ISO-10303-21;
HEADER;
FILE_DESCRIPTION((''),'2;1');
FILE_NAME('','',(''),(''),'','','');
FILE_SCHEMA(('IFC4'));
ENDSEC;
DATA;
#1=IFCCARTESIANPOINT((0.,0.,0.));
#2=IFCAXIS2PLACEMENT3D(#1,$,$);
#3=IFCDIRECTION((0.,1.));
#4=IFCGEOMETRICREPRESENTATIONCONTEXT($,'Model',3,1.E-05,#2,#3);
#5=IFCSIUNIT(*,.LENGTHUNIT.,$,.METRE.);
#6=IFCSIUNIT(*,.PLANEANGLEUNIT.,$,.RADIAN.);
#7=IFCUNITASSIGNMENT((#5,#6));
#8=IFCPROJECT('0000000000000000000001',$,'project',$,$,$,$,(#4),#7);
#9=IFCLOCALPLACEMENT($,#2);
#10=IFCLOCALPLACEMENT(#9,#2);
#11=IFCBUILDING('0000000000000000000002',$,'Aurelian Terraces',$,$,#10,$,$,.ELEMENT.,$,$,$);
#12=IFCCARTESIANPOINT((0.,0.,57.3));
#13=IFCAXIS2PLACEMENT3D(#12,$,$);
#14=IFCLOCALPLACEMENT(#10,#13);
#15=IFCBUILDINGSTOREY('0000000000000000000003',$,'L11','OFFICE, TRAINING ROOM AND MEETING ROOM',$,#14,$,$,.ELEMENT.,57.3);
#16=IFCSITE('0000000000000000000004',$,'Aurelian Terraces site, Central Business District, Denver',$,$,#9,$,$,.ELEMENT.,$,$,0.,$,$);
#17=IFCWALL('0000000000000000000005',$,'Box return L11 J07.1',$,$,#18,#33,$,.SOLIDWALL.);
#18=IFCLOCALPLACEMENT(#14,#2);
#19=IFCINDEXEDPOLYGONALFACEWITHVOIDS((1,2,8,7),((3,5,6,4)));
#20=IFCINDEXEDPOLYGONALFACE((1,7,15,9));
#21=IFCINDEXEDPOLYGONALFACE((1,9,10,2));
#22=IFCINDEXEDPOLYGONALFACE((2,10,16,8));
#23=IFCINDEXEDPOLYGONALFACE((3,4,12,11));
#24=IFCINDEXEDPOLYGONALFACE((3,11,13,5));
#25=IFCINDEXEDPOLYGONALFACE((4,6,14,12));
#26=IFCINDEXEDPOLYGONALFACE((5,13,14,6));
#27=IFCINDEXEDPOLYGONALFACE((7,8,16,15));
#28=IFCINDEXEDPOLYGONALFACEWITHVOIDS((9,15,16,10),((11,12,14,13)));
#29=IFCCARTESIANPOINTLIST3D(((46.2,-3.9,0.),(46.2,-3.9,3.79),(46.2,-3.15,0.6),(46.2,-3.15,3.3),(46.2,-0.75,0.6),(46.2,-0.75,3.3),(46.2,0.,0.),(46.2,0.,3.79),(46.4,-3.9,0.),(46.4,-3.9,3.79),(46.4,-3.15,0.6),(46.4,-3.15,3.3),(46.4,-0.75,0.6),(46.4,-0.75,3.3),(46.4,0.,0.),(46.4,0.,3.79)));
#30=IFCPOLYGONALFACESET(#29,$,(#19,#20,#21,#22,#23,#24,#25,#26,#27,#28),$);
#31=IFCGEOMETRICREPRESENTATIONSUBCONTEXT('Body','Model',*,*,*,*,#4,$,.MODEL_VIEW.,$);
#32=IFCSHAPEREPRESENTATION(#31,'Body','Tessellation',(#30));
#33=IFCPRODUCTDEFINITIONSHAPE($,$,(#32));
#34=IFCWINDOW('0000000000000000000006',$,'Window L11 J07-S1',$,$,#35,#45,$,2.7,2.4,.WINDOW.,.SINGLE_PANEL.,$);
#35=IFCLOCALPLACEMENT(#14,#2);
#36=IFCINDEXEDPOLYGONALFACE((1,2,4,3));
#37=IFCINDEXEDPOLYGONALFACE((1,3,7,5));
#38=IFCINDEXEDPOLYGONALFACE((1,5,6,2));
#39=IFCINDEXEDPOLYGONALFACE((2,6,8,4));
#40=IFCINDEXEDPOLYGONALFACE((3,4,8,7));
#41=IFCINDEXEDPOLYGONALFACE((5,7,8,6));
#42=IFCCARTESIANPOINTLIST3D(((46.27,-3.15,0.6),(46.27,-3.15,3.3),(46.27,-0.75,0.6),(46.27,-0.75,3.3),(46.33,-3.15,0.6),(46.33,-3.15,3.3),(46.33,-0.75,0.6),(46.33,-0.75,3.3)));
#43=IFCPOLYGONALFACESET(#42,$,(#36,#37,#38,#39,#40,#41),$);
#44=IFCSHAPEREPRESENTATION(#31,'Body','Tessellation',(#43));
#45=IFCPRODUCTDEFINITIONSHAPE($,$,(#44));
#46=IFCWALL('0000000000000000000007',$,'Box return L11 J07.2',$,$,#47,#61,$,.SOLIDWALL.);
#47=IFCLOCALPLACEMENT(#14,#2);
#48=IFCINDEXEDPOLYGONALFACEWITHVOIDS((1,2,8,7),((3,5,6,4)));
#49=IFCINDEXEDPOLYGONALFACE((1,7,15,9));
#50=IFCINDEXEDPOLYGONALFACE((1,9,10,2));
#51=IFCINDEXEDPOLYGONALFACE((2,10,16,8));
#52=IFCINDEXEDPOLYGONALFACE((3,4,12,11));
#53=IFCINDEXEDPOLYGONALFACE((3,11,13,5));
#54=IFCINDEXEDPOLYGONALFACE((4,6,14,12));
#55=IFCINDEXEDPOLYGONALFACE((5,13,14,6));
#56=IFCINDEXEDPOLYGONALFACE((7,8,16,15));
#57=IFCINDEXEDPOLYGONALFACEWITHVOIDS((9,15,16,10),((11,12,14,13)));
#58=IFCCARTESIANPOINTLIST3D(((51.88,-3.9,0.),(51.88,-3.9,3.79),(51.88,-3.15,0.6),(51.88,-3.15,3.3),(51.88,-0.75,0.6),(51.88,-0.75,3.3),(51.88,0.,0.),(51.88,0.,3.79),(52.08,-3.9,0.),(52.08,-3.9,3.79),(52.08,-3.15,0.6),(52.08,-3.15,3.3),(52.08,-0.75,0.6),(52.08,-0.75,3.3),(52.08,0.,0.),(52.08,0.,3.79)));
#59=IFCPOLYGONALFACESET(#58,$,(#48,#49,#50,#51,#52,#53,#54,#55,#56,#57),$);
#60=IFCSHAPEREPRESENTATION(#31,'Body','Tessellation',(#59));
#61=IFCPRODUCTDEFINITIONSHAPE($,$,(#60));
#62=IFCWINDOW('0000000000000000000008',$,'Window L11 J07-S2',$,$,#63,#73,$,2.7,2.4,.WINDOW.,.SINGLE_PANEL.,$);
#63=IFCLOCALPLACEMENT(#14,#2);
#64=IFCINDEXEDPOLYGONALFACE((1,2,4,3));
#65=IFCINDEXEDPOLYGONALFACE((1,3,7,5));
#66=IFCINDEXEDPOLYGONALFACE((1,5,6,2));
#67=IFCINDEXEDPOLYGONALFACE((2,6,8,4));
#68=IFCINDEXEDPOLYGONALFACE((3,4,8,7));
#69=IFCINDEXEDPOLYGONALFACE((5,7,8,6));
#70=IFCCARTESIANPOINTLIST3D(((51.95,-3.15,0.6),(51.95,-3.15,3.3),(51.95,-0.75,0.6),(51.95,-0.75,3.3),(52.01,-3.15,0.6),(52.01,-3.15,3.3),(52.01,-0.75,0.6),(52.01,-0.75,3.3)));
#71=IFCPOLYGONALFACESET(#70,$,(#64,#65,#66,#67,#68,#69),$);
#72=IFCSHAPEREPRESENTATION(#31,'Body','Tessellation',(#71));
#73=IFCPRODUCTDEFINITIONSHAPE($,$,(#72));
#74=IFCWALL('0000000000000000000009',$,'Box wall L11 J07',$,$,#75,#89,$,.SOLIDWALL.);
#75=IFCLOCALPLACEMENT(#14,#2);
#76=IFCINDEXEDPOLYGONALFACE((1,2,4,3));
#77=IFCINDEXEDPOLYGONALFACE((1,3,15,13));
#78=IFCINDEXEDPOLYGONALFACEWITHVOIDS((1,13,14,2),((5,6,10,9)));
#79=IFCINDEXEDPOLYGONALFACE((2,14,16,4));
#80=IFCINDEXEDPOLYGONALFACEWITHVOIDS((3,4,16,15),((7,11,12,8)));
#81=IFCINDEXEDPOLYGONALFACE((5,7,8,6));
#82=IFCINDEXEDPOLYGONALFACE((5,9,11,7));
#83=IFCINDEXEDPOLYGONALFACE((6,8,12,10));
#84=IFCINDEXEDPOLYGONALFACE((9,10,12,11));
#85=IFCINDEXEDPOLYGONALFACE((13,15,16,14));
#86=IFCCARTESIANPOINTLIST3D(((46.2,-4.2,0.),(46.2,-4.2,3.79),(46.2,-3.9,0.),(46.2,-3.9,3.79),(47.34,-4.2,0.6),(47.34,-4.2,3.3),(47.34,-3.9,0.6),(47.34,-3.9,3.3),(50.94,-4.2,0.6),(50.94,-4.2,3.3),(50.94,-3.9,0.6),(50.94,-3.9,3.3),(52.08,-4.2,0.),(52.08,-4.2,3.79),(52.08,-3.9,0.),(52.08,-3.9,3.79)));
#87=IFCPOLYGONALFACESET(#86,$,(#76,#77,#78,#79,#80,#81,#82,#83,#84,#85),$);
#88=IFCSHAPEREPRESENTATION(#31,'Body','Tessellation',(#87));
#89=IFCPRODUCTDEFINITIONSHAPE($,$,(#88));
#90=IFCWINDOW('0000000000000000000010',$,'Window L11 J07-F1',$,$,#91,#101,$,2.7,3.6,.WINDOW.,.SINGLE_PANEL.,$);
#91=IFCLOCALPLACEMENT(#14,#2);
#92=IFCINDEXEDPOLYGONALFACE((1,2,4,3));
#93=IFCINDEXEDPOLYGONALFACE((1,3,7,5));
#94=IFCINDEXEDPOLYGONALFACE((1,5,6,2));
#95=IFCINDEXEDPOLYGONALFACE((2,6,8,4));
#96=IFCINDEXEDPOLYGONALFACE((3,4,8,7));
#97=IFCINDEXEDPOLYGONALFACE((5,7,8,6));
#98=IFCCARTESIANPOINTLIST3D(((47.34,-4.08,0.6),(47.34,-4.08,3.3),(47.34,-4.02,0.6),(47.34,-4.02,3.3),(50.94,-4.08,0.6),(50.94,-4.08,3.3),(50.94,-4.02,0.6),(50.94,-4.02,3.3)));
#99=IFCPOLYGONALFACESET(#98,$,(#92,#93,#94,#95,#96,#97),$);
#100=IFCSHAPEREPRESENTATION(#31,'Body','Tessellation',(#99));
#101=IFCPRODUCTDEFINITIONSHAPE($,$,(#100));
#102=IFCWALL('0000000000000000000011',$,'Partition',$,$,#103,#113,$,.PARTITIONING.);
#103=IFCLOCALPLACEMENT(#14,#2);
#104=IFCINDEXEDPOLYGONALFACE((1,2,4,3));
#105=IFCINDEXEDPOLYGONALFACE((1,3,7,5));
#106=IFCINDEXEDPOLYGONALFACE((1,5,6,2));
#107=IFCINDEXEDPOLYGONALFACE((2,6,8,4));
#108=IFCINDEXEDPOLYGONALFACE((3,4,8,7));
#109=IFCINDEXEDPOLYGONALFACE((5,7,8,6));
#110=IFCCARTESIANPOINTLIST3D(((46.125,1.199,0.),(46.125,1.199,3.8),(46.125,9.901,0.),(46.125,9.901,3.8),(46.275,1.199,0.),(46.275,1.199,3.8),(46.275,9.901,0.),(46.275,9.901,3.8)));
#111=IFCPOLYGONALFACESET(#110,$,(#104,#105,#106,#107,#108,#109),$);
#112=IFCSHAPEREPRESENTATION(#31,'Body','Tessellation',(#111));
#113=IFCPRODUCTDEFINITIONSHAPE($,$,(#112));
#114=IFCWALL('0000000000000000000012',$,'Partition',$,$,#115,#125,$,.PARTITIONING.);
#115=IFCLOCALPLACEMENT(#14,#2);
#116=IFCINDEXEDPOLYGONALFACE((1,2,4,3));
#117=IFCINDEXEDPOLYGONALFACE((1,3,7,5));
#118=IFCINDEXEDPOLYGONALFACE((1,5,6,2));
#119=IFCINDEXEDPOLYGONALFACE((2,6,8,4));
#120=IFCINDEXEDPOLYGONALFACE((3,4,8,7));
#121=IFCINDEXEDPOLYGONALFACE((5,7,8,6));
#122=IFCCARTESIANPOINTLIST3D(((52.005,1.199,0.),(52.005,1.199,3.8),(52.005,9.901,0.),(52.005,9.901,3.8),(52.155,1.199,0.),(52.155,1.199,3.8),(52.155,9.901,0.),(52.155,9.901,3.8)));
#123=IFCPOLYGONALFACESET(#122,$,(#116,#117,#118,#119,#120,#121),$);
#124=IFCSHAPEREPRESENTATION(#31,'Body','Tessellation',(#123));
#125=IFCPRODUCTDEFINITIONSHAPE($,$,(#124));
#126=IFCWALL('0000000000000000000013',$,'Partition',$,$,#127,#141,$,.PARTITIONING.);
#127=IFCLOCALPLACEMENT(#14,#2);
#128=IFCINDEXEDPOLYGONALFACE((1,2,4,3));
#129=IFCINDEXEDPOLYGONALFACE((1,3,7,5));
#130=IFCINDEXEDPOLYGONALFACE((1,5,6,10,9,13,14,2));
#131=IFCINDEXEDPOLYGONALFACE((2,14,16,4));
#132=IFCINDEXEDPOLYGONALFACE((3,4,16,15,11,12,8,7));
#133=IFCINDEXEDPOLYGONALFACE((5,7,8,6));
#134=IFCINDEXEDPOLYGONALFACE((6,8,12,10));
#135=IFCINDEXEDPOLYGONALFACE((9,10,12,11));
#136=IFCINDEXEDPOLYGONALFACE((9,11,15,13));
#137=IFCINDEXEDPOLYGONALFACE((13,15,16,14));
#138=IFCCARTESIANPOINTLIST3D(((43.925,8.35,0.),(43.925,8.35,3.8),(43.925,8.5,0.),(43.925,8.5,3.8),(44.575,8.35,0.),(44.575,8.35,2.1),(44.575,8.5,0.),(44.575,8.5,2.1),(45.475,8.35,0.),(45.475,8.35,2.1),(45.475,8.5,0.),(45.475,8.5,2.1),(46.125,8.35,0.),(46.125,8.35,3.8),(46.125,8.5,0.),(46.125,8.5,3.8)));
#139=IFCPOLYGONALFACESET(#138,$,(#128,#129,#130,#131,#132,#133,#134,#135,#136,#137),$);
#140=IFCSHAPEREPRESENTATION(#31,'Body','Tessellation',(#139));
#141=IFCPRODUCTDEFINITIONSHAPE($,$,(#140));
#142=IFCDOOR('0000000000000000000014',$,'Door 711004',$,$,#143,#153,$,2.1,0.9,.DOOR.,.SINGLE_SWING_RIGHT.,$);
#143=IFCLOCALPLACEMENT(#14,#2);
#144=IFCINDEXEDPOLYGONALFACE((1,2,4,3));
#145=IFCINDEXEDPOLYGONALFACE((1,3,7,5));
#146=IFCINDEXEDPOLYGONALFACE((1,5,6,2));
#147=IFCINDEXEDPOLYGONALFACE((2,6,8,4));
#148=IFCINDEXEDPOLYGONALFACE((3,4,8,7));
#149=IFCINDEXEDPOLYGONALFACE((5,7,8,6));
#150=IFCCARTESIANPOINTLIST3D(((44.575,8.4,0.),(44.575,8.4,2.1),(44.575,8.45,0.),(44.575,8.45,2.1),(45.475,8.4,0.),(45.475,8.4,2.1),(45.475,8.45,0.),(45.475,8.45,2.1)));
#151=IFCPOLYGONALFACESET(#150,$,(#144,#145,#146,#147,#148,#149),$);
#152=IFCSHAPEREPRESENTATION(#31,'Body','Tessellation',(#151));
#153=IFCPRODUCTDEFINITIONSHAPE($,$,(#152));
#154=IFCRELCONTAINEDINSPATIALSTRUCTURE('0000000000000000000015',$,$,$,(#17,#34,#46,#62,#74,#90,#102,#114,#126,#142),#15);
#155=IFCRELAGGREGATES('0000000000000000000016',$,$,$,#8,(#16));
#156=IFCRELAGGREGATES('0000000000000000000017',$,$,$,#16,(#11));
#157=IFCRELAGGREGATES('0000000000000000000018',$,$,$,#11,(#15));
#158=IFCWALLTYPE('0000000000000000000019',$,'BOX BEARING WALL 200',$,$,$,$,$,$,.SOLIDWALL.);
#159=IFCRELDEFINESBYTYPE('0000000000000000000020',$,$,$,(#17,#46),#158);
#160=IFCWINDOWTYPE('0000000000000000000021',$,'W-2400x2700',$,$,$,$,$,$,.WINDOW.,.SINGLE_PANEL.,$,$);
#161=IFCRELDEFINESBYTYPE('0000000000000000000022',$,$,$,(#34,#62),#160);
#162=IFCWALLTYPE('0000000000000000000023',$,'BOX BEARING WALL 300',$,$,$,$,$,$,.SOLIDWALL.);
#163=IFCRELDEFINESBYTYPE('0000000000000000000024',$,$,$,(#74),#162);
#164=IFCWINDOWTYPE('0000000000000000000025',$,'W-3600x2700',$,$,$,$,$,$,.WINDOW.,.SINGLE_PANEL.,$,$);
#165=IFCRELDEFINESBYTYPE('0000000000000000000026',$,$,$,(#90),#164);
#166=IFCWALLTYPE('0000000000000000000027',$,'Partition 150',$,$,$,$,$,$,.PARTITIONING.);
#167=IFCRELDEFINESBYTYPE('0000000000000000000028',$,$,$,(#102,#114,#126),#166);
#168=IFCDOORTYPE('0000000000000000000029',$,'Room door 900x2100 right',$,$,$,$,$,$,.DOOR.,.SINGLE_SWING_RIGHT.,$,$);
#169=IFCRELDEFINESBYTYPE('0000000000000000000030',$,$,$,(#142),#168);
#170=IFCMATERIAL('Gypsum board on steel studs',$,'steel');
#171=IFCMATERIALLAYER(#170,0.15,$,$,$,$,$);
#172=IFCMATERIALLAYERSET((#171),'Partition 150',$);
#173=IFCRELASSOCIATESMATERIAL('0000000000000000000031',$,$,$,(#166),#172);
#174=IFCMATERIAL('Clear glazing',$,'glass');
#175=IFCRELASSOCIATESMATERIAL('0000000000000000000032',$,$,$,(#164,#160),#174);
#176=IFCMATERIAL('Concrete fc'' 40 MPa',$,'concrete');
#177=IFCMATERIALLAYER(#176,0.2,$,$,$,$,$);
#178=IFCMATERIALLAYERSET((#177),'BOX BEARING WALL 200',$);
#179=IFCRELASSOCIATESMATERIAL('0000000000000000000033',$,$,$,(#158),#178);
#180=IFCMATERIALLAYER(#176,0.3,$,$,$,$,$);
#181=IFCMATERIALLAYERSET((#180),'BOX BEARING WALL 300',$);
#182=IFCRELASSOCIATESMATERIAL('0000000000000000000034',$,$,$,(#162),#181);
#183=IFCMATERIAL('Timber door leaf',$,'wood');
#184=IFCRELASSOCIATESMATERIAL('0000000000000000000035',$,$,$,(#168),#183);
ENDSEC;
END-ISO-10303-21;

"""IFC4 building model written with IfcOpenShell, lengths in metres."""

from ifc_helpers import new_model, si_unit, direction, frame, frame_2d, origin, place, context, subcontext, project, spatial, rectangle, extrude, source, transform, mapped, material, layer, layer_set, type_object, element, fill, save


model = new_model("IFC4")

# Units and contexts
model_context = context("Model", 3, precision=1e-05, world=origin(), true_north=direction((0.0, 1.0)))
body_context = subcontext(model_context, "Body", "Model", "MODEL_VIEW")
ifc_project = project(units=[si_unit("LENGTHUNIT", "METRE"), si_unit("PLANEANGLEUNIT", "RADIAN")], contexts=[model_context])

# Site, building, storey
site_placement = place(None, origin())
site = spatial("IfcSite", under=ifc_project, at=site_placement, Name="Aurelian Terraces site, Central Business District, Denver", CompositionType="ELEMENT", RefElevation=0.0)
building_placement = place(site_placement, origin())
building = spatial("IfcBuilding", under=site, at=building_placement, Name="Aurelian Terraces", CompositionType="ELEMENT")
storey_placement = place(building_placement, frame((0.0, 0.0, 57.3)))
storey = spatial("IfcBuildingStorey", under=building, at=storey_placement, Name="L11", Description="OFFICE, TRAINING ROOM AND MEETING ROOM", CompositionType="ELEMENT", Elevation=57.3)

# Shared definitions
ifc_material_1 = material(Name="Gypsum board on steel studs", Category="steel")
ifc_layer_1 = layer(ifc_material_1, 0.15)
ifc_layer_set_1 = layer_set([ifc_layer_1], Name="Partition 150")
wall_type_1 = type_object("IfcWallType", Name="Partition 150", PredefinedType="PARTITIONING", material=ifc_layer_set_1)

# Shared definitions
ifc_material_2 = material(Name="Timber door leaf", Category="wood")

# Walls, openings, windows
shared_shape_1 = source(origin(), body_context, "Body", "SweptSolid", [
    extrude(rectangle(XDim=3.6, YDim=2.7, at=frame_2d((1.8, 1.35))), frame((0.0, 0.16, 0.0), z_axis=(0.0, -1.0, 0.0), x_axis=(1.0, 0.0, 0.0)), (0.0, 0.0, 1.0), 0.32),
])
ifc_material_3 = material(Name="Clear glazing", Category="glass")
window_type_1 = type_object("IfcWindowType", Name="W-3600x2700", PartitioningType="SINGLE_PANEL", PredefinedType="WINDOW", material=ifc_material_3)
shared_shape_2 = source(origin(), body_context, "Body", "SweptSolid", [
    extrude(rectangle(XDim=3.6, YDim=2.7, at=frame_2d((1.8, 1.35))), frame((0.0, 0.03, 0.0), z_axis=(0.0, -1.0, 0.0), x_axis=(1.0, 0.0, 0.0)), (0.0, 0.0, 1.0), 0.06),
])
ifc_material_4 = material(Name="Concrete fc' 40 MPa", Category="concrete")
ifc_layer_2 = layer(ifc_material_4, 0.2)
ifc_layer_set_2 = layer_set([ifc_layer_2], Name="BOX BEARING WALL 200")
wall_type_2 = type_object("IfcWallType", Name="BOX BEARING WALL 200", PredefinedType="SOLIDWALL", material=ifc_layer_set_2)
shared_shape_3 = source(origin(), body_context, "Body", "SweptSolid", [
    extrude(rectangle(XDim=3.9, YDim=0.2, at=frame_2d((1.95, 0.0))), origin(), (0.0, 0.0, 1.0), 3.79),
])
wall_1_placement = place(storey_placement, frame((46.3, 0.0, 0.0), z_axis=(0.0, 0.0, 1.0), x_axis=(0.0, -1.0, 0.0)))
wall_1 = element("IfcWall", 1, at=wall_1_placement, inside=storey, type_object=wall_type_2, Name="Box return L11 J07.1", PredefinedType="SOLIDWALL", context=body_context, shape_type="MappedRepresentation", body=[
    mapped(shared_shape_3, transform((0.0, 0.0, 0.0), scale=1.0)),
])
shared_shape_4 = source(origin(), body_context, "Body", "SweptSolid", [
    extrude(rectangle(XDim=2.4, YDim=2.7, at=frame_2d((1.2, 1.35))), frame((0.0, 0.11, 0.0), z_axis=(0.0, -1.0, 0.0), x_axis=(1.0, 0.0, 0.0)), (0.0, 0.0, 1.0), 0.22),
])
opening_1_placement = place(wall_1_placement, frame((0.75, 0.0, 0.6)))
opening_1 = element("IfcOpeningElement", 2, at=opening_1_placement, cuts=wall_1, PredefinedType="OPENING", context=body_context, shape_type="MappedRepresentation", body=[
    mapped(shared_shape_4, transform((0.0, 0.0, 0.0), scale=1.0)),
])
window_type_2 = type_object("IfcWindowType", Name="W-2400x2700", PartitioningType="SINGLE_PANEL", PredefinedType="WINDOW", material=ifc_material_3)
shared_shape_5 = source(origin(), body_context, "Body", "SweptSolid", [
    extrude(rectangle(XDim=2.4, YDim=2.7, at=frame_2d((1.2, 1.35))), frame((0.0, 0.03, 0.0), z_axis=(0.0, -1.0, 0.0), x_axis=(1.0, 0.0, 0.0)), (0.0, 0.0, 1.0), 0.06),
])
window_1_placement = place(opening_1_placement, origin())
window_1 = element("IfcWindow", 3, at=window_1_placement, inside=storey, type_object=window_type_2, Name="Window L11 J07-S1", OverallHeight=2.7, OverallWidth=2.4, PartitioningType="SINGLE_PANEL", PredefinedType="WINDOW", context=body_context, shape_type="MappedRepresentation", body=[
    mapped(shared_shape_5, transform((0.0, 0.0, 0.0), scale=1.0)),
])
fill(opening_1, window_1)
wall_2_placement = place(storey_placement, frame((51.98, 0.0, 0.0), z_axis=(0.0, 0.0, 1.0), x_axis=(0.0, -1.0, 0.0)))
wall_2 = element("IfcWall", 4, at=wall_2_placement, inside=storey, type_object=wall_type_2, Name="Box return L11 J07.2", PredefinedType="SOLIDWALL", context=body_context, shape_type="MappedRepresentation", body=[
    mapped(shared_shape_3, transform((0.0, 0.0, 0.0), scale=1.0)),
])
opening_2_placement = place(wall_2_placement, frame((0.75, 0.0, 0.6)))
opening_2 = element("IfcOpeningElement", 5, at=opening_2_placement, cuts=wall_2, PredefinedType="OPENING", context=body_context, shape_type="MappedRepresentation", body=[
    mapped(shared_shape_4, transform((0.0, 0.0, 0.0), scale=1.0)),
])
window_2_placement = place(opening_2_placement, origin())
window_2 = element("IfcWindow", 6, at=window_2_placement, inside=storey, type_object=window_type_2, Name="Window L11 J07-S2", OverallHeight=2.7, OverallWidth=2.4, PartitioningType="SINGLE_PANEL", PredefinedType="WINDOW", context=body_context, shape_type="MappedRepresentation", body=[
    mapped(shared_shape_5, transform((0.0, 0.0, 0.0), scale=1.0)),
])
fill(opening_2, window_2)
ifc_layer_3 = layer(ifc_material_4, 0.3)
ifc_layer_set_3 = layer_set([ifc_layer_3], Name="BOX BEARING WALL 300")
wall_type_3 = type_object("IfcWallType", Name="BOX BEARING WALL 300", PredefinedType="SOLIDWALL", material=ifc_layer_set_3)
shared_shape_6 = source(origin(), body_context, "Body", "SweptSolid", [
    extrude(rectangle(XDim=5.88, YDim=0.3, at=frame_2d((2.94, 0.0))), origin(), (0.0, 0.0, 1.0), 3.79),
])
wall_3_placement = place(storey_placement, frame((46.2, -4.05, 0.0), z_axis=(0.0, 0.0, 1.0), x_axis=(1.0, 0.0, 0.0)))
wall_3 = element("IfcWall", 7, at=wall_3_placement, inside=storey, type_object=wall_type_3, Name="Box wall L11 J07", PredefinedType="SOLIDWALL", context=body_context, shape_type="MappedRepresentation", body=[
    mapped(shared_shape_6, transform((0.0, 0.0, 0.0), scale=1.0)),
])
opening_3_placement = place(wall_3_placement, frame((1.14, 0.0, 0.6)))
opening_3 = element("IfcOpeningElement", 8, at=opening_3_placement, cuts=wall_3, PredefinedType="OPENING", context=body_context, shape_type="MappedRepresentation", body=[
    mapped(shared_shape_1, transform((0.0, 0.0, 0.0), scale=1.0)),
])
window_3_placement = place(opening_3_placement, origin())
window_3 = element("IfcWindow", 9, at=window_3_placement, inside=storey, type_object=window_type_1, Name="Window L11 J07-F1", OverallHeight=2.7, OverallWidth=3.6, PartitioningType="SINGLE_PANEL", PredefinedType="WINDOW", context=body_context, shape_type="MappedRepresentation", body=[
    mapped(shared_shape_2, transform((0.0, 0.0, 0.0), scale=1.0)),
])
fill(opening_3, window_3)

# Walls
shared_shape_7 = source(origin(), body_context, "Body", "SweptSolid", [
    extrude(rectangle(XDim=8.702, YDim=0.15, at=frame_2d((4.351, 0.0))), origin(), (0.0, 0.0, 1.0), 3.8),
])
for number, where, z_axis, x_axis, name in (
    (10, (46.2, 1.199, 0.0), (0.0, 0.0, 1.0), (0.0, 1.0, 0.0), "Partition"),
    (11, (52.08, 1.199, 0.0), (0.0, 0.0, 1.0), (0.0, 1.0, 0.0), "Partition"),
):
    element("IfcWall", number, at=place(storey_placement, frame(where, z_axis=z_axis, x_axis=x_axis)), inside=storey, type_object=wall_type_1, Name=name, PredefinedType="PARTITIONING", context=body_context, shape_type="MappedRepresentation", body=[
        mapped(shared_shape_7, transform((0.0, 0.0, 0.0), scale=1.0)),
    ])

# Wall, opening, door
shared_shape_8 = source(origin(), body_context, "Body", "SweptSolid", [
    extrude(rectangle(XDim=2.2, YDim=0.15, at=frame_2d((1.1, 0.0))), origin(), (0.0, 0.0, 1.0), 3.8),
])
wall_4_placement = place(storey_placement, frame((46.125, 8.425, 0.0), z_axis=(0.0, 0.0, 1.0), x_axis=(-1.0, 0.0, 0.0)))
wall_4 = element("IfcWall", 12, at=wall_4_placement, inside=storey, type_object=wall_type_1, Name="Partition", PredefinedType="PARTITIONING", context=body_context, shape_type="MappedRepresentation", body=[
    mapped(shared_shape_8, transform((0.0, 0.0, 0.0), scale=1.0)),
])
shared_shape_9 = source(origin(), body_context, "Body", "SweptSolid", [
    extrude(rectangle(XDim=0.9, YDim=2.1, at=frame_2d((0.45, 1.05))), frame((0.0, 0.085, 0.0), z_axis=(0.0, -1.0, 0.0), x_axis=(1.0, 0.0, 0.0)), (0.0, 0.0, 1.0), 0.17),
])
opening_4_placement = place(wall_4_placement, frame((0.65, 0.0, 0.0)))
opening_4 = element("IfcOpeningElement", 13, at=opening_4_placement, cuts=wall_4, PredefinedType="OPENING", context=body_context, shape_type="MappedRepresentation", body=[
    mapped(shared_shape_9, transform((0.0, 0.0, 0.0), scale=1.0)),
])
door_type_1 = type_object("IfcDoorType", Name="Room door 900x2100 right", OperationType="SINGLE_SWING_RIGHT", PredefinedType="DOOR", material=ifc_material_2)
shared_shape_10 = source(origin(), body_context, "Body", "SweptSolid", [
    extrude(rectangle(XDim=0.9, YDim=2.1, at=frame_2d((0.45, 1.05))), frame((0.0, 0.025, 0.0), z_axis=(0.0, -1.0, 0.0), x_axis=(1.0, 0.0, 0.0)), (0.0, 0.0, 1.0), 0.05),
])
door_1_placement = place(opening_4_placement, origin())
door_1 = element("IfcDoor", 14, at=door_1_placement, inside=storey, type_object=door_type_1, Name="Door 711004", OperationType="SINGLE_SWING_RIGHT", OverallHeight=2.1, OverallWidth=0.9, PredefinedType="DOOR", context=body_context, shape_type="MappedRepresentation", body=[
    mapped(shared_shape_10, transform((0.0, 0.0, 0.0), scale=1.0)),
])
fill(opening_4, door_1)

save(model, "model.ifc")
